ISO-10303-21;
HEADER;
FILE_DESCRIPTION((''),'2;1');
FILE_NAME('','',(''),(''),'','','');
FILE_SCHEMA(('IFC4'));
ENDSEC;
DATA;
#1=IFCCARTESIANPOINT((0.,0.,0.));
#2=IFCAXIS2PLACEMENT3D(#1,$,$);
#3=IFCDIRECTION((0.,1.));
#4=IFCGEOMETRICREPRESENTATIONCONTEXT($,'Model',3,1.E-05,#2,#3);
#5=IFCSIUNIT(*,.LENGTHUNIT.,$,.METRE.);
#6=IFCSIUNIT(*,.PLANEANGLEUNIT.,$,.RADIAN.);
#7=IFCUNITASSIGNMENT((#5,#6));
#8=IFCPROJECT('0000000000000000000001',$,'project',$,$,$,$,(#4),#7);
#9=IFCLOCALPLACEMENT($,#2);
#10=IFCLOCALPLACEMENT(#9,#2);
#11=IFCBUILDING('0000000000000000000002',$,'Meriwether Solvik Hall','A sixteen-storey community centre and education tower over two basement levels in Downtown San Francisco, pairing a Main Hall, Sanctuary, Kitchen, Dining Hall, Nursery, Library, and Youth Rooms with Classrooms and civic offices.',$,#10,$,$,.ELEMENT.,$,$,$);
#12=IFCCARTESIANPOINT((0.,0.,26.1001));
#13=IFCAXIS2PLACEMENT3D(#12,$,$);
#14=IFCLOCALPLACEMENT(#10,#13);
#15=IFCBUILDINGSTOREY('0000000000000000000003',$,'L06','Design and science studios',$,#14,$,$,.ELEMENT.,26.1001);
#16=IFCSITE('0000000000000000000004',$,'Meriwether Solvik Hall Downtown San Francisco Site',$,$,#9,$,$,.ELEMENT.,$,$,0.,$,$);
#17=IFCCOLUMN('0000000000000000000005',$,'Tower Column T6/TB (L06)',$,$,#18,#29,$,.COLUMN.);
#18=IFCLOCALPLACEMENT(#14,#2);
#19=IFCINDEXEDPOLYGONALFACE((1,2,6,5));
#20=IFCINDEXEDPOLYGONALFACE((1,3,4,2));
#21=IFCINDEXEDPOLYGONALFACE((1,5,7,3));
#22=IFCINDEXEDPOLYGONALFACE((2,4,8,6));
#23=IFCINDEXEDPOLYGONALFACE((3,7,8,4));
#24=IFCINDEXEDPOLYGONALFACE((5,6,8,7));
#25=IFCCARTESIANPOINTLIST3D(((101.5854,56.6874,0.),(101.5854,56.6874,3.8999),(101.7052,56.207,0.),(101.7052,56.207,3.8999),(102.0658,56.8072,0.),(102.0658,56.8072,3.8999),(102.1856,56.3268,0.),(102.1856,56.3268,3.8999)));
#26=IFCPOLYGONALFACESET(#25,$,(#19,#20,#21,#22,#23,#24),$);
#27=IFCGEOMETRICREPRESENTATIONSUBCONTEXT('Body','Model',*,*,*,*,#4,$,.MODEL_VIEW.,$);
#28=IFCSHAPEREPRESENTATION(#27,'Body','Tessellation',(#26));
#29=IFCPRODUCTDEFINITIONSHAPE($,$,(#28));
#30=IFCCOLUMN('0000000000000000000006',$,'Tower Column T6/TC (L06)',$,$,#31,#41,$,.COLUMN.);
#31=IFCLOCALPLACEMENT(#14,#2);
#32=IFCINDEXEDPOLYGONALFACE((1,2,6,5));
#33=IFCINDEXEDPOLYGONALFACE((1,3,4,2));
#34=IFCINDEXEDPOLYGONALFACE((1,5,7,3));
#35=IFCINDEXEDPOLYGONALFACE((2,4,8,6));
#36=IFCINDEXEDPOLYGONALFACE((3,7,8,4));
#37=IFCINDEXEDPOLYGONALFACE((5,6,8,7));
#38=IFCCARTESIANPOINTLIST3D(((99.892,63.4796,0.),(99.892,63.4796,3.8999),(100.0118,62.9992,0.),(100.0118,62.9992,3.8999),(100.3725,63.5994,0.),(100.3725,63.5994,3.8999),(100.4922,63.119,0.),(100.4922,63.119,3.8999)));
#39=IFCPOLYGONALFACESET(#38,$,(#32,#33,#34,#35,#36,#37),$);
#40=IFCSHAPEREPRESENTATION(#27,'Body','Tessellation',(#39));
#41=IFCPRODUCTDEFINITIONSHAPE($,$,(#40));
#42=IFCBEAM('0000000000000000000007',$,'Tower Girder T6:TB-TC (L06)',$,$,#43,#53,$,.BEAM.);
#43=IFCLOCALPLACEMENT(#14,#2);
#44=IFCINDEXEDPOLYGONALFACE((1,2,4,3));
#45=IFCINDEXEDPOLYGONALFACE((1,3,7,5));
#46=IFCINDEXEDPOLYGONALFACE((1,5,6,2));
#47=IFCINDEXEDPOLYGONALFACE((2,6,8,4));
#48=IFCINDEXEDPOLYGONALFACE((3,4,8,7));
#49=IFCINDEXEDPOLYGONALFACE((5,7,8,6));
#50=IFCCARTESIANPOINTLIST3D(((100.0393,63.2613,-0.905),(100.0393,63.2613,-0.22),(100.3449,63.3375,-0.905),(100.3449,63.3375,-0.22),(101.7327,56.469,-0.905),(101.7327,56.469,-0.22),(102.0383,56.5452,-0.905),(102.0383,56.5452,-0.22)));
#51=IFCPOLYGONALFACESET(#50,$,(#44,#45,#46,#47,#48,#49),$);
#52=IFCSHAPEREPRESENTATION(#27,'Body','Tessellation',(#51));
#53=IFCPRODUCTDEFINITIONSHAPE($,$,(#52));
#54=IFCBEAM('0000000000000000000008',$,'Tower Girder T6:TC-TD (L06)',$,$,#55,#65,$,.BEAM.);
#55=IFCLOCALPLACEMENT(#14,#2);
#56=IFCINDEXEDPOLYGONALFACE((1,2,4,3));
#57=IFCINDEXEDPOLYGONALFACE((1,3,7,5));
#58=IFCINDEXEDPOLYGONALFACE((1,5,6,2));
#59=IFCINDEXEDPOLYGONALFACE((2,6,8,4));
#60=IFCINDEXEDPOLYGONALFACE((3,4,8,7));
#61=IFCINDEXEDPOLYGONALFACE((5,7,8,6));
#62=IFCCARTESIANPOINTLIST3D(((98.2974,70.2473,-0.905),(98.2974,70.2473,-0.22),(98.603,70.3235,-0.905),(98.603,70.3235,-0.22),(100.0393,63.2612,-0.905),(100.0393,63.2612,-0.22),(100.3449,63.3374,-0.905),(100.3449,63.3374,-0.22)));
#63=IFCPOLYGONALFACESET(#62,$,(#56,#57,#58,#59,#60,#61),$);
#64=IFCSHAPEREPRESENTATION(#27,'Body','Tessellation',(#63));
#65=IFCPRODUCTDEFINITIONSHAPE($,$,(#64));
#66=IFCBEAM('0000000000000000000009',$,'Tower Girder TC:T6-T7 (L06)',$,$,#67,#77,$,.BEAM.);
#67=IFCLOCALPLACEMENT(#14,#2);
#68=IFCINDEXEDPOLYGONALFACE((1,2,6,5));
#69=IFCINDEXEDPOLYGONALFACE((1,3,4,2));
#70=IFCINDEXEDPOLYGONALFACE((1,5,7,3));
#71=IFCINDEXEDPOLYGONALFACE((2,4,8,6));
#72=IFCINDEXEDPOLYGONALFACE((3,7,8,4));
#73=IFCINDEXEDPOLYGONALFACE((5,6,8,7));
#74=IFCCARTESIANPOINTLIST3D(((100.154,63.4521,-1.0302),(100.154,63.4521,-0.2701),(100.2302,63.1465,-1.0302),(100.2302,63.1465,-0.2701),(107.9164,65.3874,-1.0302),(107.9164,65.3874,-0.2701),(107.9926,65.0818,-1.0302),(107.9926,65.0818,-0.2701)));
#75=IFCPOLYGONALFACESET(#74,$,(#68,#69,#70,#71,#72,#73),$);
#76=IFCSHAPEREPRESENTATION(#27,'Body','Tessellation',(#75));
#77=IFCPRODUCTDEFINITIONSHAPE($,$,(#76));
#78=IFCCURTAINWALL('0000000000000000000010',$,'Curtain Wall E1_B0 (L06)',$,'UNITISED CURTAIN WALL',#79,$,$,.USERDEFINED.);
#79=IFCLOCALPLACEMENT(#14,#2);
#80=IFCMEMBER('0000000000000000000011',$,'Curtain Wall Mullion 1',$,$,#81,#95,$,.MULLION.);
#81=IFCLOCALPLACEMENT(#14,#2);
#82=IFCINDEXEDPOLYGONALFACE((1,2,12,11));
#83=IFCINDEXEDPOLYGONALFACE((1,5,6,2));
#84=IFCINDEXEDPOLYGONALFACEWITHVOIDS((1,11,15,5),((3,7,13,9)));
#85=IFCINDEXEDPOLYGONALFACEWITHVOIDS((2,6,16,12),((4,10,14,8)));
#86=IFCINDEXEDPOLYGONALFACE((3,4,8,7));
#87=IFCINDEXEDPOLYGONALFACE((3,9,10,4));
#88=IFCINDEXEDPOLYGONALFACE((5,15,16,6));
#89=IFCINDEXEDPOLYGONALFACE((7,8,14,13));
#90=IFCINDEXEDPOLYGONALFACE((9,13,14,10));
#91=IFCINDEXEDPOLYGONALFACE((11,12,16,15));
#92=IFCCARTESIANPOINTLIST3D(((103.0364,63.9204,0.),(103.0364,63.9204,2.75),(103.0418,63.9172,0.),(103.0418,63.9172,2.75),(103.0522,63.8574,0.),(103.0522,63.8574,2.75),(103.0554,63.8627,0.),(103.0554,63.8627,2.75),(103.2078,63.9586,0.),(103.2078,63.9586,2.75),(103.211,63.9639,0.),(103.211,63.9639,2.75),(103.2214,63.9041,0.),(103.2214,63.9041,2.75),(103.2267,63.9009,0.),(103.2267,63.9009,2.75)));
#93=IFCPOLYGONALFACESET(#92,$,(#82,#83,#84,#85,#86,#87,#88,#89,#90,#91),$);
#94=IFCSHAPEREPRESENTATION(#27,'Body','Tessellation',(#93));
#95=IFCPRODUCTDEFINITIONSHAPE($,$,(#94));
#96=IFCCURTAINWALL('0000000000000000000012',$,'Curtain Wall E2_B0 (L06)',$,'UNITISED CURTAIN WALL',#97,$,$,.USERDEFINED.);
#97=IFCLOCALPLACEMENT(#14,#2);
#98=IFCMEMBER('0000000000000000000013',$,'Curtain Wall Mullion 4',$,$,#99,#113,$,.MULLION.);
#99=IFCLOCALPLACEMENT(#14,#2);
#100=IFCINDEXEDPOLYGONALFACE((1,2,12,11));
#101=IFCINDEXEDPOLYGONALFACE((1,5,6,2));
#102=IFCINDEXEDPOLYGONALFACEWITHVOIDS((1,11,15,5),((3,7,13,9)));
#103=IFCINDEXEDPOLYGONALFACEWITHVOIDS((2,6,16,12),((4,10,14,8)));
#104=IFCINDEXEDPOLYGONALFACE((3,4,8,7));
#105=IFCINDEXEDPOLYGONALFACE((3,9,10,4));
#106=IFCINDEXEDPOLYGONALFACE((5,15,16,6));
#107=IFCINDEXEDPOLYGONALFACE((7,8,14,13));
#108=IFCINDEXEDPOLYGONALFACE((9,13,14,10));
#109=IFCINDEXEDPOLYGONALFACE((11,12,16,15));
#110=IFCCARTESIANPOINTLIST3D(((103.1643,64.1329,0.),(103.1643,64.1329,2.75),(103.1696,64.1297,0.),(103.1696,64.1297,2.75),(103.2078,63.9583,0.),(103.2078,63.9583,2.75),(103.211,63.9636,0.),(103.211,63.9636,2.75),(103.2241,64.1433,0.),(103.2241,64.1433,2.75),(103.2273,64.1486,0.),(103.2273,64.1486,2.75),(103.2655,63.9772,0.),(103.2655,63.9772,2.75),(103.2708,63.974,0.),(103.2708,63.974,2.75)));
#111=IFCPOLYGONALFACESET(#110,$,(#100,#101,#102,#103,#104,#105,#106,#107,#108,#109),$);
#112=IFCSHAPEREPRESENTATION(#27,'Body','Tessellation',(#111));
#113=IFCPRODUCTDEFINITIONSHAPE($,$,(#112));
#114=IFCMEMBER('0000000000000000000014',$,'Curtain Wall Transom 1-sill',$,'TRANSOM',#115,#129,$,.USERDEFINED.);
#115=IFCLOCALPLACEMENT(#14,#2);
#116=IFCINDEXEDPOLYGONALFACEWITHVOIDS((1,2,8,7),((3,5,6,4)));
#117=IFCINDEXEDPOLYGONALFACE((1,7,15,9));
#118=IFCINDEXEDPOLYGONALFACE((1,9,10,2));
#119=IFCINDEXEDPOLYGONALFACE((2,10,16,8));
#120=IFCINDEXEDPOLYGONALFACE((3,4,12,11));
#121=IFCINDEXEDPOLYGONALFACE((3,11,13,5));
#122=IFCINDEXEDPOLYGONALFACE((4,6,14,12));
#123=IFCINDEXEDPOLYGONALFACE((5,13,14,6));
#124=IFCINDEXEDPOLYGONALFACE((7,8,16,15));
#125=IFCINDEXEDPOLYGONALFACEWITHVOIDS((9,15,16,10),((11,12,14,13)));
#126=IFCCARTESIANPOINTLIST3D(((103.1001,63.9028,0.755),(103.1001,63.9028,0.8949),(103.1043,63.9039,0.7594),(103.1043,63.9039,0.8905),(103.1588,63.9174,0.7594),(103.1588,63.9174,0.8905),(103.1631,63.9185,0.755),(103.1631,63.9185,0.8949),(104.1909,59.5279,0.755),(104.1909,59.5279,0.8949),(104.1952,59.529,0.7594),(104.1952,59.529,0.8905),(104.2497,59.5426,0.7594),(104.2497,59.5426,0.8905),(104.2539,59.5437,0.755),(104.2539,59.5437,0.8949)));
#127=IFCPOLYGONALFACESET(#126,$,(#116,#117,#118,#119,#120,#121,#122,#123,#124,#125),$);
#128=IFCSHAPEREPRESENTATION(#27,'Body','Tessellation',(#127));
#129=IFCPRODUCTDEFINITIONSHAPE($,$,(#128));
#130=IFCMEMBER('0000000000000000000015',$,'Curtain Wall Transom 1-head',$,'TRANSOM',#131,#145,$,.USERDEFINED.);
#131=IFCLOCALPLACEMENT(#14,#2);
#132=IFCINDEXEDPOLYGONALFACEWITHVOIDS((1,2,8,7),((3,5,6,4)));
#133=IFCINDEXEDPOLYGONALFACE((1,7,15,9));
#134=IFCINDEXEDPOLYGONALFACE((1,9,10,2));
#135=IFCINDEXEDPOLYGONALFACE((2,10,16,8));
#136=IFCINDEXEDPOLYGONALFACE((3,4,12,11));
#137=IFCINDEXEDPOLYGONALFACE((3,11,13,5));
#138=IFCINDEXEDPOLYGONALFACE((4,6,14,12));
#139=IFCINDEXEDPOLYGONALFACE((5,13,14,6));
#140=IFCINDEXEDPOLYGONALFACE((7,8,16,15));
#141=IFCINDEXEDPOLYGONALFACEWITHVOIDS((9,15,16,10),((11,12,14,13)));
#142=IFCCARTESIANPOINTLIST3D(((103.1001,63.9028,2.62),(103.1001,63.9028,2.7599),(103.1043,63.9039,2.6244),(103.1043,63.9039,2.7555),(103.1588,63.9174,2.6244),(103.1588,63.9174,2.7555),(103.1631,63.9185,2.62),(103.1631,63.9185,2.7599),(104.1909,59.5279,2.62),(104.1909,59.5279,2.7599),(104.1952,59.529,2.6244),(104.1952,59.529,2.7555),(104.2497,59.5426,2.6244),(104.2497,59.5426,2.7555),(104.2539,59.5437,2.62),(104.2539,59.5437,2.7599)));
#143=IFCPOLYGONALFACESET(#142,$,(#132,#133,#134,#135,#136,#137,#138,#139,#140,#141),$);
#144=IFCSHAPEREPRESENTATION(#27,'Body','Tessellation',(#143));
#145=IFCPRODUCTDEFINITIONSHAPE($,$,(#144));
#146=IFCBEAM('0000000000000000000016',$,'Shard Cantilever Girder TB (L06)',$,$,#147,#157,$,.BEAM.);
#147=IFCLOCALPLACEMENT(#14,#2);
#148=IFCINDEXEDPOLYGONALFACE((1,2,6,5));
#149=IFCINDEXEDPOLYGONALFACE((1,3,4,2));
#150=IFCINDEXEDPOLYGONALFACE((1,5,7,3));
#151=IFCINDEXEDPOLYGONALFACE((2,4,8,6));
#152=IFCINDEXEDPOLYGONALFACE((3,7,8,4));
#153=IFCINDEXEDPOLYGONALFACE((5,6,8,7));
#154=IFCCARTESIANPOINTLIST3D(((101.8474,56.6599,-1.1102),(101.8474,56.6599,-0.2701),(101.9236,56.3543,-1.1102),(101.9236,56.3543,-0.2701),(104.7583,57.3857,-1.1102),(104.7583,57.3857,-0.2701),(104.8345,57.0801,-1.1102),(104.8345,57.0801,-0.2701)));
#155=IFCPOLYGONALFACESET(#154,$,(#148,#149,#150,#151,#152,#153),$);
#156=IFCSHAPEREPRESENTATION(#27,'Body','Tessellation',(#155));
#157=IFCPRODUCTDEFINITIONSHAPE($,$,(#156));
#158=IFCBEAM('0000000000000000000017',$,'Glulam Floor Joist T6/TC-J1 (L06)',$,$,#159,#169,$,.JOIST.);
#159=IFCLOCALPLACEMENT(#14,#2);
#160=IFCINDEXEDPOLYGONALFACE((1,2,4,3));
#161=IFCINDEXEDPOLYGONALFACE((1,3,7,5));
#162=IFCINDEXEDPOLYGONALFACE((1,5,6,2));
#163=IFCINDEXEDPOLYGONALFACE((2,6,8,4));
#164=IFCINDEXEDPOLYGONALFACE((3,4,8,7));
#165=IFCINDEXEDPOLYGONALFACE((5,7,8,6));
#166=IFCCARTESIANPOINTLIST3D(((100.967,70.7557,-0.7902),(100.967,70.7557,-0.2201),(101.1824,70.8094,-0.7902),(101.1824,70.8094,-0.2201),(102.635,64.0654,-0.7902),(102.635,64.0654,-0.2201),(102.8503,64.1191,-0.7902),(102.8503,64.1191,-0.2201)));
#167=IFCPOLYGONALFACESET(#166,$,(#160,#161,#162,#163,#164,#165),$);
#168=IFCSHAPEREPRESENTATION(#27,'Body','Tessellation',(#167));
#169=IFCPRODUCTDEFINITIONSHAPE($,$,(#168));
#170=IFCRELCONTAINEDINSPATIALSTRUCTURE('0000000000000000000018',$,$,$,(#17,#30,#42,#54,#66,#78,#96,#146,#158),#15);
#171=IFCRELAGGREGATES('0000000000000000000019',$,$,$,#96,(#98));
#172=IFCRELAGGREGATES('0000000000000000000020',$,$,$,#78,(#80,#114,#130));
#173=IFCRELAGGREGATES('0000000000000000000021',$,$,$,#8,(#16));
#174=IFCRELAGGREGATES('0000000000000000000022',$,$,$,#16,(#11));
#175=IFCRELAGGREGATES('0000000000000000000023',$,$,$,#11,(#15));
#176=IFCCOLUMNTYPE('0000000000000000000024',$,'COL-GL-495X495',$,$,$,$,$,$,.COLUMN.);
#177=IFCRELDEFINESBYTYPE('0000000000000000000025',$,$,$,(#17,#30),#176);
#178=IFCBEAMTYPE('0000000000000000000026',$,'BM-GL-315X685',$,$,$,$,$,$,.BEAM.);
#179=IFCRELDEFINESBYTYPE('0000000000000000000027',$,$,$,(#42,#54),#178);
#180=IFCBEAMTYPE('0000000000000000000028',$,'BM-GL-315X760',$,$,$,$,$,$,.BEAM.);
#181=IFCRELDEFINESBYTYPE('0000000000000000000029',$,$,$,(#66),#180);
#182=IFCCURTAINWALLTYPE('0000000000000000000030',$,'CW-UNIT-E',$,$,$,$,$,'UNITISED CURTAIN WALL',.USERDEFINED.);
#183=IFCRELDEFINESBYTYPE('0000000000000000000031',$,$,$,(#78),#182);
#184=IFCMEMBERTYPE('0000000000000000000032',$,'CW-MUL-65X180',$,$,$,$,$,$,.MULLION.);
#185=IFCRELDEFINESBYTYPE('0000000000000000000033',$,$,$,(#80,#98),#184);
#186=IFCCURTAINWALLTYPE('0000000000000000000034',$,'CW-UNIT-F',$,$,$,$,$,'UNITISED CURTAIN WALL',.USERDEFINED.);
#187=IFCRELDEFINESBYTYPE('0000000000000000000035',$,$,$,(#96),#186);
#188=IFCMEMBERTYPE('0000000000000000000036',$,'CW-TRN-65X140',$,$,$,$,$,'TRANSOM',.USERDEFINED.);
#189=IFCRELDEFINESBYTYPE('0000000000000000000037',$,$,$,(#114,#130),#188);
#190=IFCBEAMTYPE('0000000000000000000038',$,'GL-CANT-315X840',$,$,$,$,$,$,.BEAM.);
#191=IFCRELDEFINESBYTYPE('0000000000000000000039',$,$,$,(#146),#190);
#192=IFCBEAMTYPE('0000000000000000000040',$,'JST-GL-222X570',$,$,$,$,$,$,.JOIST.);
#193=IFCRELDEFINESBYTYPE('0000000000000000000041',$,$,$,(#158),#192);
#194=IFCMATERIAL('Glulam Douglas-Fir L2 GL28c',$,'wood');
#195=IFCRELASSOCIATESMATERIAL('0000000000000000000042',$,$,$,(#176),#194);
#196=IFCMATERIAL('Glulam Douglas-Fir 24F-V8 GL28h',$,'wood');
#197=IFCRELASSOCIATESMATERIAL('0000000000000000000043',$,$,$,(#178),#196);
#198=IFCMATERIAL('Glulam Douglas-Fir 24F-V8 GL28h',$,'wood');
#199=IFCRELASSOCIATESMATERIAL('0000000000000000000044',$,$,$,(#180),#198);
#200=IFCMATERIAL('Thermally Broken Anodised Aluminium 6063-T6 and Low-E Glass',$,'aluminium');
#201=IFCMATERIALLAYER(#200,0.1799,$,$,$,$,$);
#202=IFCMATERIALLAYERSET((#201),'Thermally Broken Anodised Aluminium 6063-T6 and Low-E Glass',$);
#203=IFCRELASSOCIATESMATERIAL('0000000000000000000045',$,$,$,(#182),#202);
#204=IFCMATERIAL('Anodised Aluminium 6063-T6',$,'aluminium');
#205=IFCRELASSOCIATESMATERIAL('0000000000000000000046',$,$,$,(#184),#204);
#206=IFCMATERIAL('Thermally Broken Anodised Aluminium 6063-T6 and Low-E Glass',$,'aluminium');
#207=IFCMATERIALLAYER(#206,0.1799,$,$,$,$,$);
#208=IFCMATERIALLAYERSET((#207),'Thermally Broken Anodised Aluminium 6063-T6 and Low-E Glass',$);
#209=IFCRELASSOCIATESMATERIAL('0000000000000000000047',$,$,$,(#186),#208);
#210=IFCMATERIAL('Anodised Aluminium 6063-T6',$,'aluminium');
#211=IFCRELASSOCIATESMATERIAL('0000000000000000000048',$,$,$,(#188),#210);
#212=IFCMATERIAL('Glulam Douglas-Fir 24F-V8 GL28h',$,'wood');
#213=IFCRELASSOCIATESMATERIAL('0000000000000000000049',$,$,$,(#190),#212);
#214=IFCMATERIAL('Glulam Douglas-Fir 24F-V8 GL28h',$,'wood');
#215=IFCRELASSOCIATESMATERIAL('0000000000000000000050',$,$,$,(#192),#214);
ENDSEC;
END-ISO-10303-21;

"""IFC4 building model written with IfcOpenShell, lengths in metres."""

from ifc_helpers import new_model, si_unit, direction, frame, origin, origin_2d, place, context, subcontext, project, spatial, rectangle, hollow_rectangle, extrude, material, layer, layer_set, material_profile, profile_set, type_object, element, aggregate, save


model = new_model("IFC4")

# Units and contexts
model_context = context("Model", 3, precision=1e-05, world=origin(), true_north=direction((0.0, 1.0)))
body_context = subcontext(model_context, "Body", "Model", "MODEL_VIEW")
ifc_project = project(units=[si_unit("LENGTHUNIT", "METRE"), si_unit("PLANEANGLEUNIT", "RADIAN")], contexts=[model_context])

# Site, building, storey
site_placement = place(None, origin())
site = spatial("IfcSite", under=ifc_project, at=site_placement, Name="Meriwether Solvik Hall Downtown San Francisco Site", CompositionType="ELEMENT", RefElevation=0.0)
building_placement = place(site_placement, origin())
building = spatial("IfcBuilding", under=site, at=building_placement, Name="Meriwether Solvik Hall", Description="A sixteen-storey community centre and education tower over two basement levels in Downtown San Francisco, pairing a Main Hall, Sanctuary, Kitchen, Dining Hall, Nursery, Library, and Youth Rooms with Classrooms and civic offices.", CompositionType="ELEMENT")
storey_placement = place(building_placement, frame((0.0, 0.0, 26.1001)))
storey = spatial("IfcBuildingStorey", under=building, at=storey_placement, Name="L06", Description="Design and science studios", CompositionType="ELEMENT", Elevation=26.1001)

# Columns
ifc_material_1 = material(Name="Glulam Douglas-Fir L2 GL28c", Category="wood")
ifc_material_profile_1 = material_profile(ifc_material_1, rectangle(XDim=0.4951, YDim=0.4951, at=origin_2d()), Name="GLC-495X495")
ifc_profile_set_1 = profile_set([ifc_material_profile_1], Name="Glulam Douglas-Fir L2 GL28c")
column_type = type_object("IfcColumnType", Name="COL-GL-495X495", PredefinedType="COLUMN", material=ifc_profile_set_1)
for number, where, z_axis, x_axis, name in (
    (1, (101.8855, 56.5071, 0.0), (0.0, 0.0, 1.0), (0.970296, 0.241922, 0.0), "Tower Column T6/TB (L06)"),
    (2, (100.1921, 63.2993, 0.0), (0.0, 0.0, 1.0), (0.970296, 0.241922, 0.0), "Tower Column T6/TC (L06)"),
):
    element("IfcColumn", number, at=place(storey_placement, frame(where, z_axis=z_axis, x_axis=x_axis)), inside=storey, type_object=column_type, Name=name, PredefinedType="COLUMN", context=body_context, shape_type="SweptSolid", body=[
        extrude(rectangle(XDim=0.4951, YDim=0.4951, at=origin_2d()), origin(), (0.0, 0.0, 1.0), 3.8999),
    ])

# Beams
ifc_material_2 = material(Name="Glulam Douglas-Fir 24F-V8 GL28h", Category="wood")
ifc_material_profile_2 = material_profile(ifc_material_2, rectangle(XDim=0.3149, YDim=0.6851, at=origin_2d()), Name="GLB-315X685")
ifc_profile_set_2 = profile_set([ifc_material_profile_2], Name="Glulam Douglas-Fir 24F-V8 GL28h")
beam_type_1 = type_object("IfcBeamType", Name="BM-GL-315X685", PredefinedType="BEAM", material=ifc_profile_set_2)
beam_1_placement = place(storey_placement, frame((101.8855, 56.5071, -0.5625), z_axis=(-0.241904, 0.9703, 0.0), x_axis=(-0.9703, -0.241904, 0.0)))
element("IfcBeam", 3, at=beam_1_placement, inside=storey, type_object=beam_type_1, Name="Tower Girder T6:TB-TC (L06)", PredefinedType="BEAM", context=body_context, shape_type="SweptSolid", body=[
    extrude(rectangle(XDim=0.3149, YDim=0.6851, at=origin_2d()), origin(), (0.0, 0.0, 1.0), 7.0002),
])
beam_2_placement = place(storey_placement, frame((100.1921, 63.2993, -0.5625), z_axis=(-0.241937, 0.970292, 0.0), x_axis=(-0.970292, -0.241937, 0.0)))
element("IfcBeam", 4, at=beam_2_placement, inside=storey, type_object=beam_type_1, Name="Tower Girder T6:TC-TD (L06)", PredefinedType="BEAM", context=body_context, shape_type="SweptSolid", body=[
    extrude(rectangle(XDim=0.3149, YDim=0.6851, at=origin_2d()), origin(), (0.0, 0.0, 1.0), 7.2),
])
ifc_material_3 = material(Name="Glulam Douglas-Fir 24F-V8 GL28h", Category="wood")
ifc_material_profile_3 = material_profile(ifc_material_3, rectangle(XDim=0.3149, YDim=0.76, at=origin_2d()), Name="GLB-315X760")
ifc_profile_set_3 = profile_set([ifc_material_profile_3], Name="Glulam Douglas-Fir 24F-V8 GL28h")
beam_type_2 = type_object("IfcBeamType", Name="BM-GL-315X760", PredefinedType="BEAM", material=ifc_profile_set_3)
beam_3_placement = place(storey_placement, frame((100.1921, 63.2993, -0.6501), z_axis=(0.970298, 0.241911, 0.0), x_axis=(-0.241911, 0.970298, 0.0)))
element("IfcBeam", 5, at=beam_3_placement, inside=storey, type_object=beam_type_2, Name="Tower Girder TC:T6-T7 (L06)", PredefinedType="BEAM", context=body_context, shape_type="SweptSolid", body=[
    extrude(rectangle(XDim=0.3149, YDim=0.76, at=origin_2d()), origin(), (0.0, 0.0, 1.0), 8.0),
])

# Curtain walls, members
ifc_material_4 = material(Name="Thermally Broken Anodised Aluminium 6063-T6 and Low-E Glass", Category="aluminium")
ifc_layer_1 = layer(ifc_material_4, 0.1799)
ifc_layer_set_1 = layer_set([ifc_layer_1], Name="Thermally Broken Anodised Aluminium 6063-T6 and Low-E Glass")
curtain_wall_type_1 = type_object("IfcCurtainWallType", Name="CW-UNIT-E", ElementType="UNITISED CURTAIN WALL", PredefinedType="USERDEFINED", material=ifc_layer_set_1)
curtain_wall_1_placement = place(storey_placement, origin())
curtain_wall_1 = element("IfcCurtainWall", 6, at=curtain_wall_1_placement, inside=storey, type_object=curtain_wall_type_1, Name="Curtain Wall E1_B0 (L06)", ObjectType="UNITISED CURTAIN WALL", PredefinedType="USERDEFINED")
ifc_material_5 = material(Name="Anodised Aluminium 6063-T6", Category="aluminium")
ifc_material_profile_4 = material_profile(ifc_material_5, hollow_rectangle(XDim=0.0649, YDim=0.1799, WallThickness=0.0044, at=origin_2d()), Name="CWM-65X180")
ifc_profile_set_4 = profile_set([ifc_material_profile_4], Name="Anodised Aluminium 6063-T6")
member_type_1 = type_object("IfcMemberType", Name="CW-MUL-65X180", PredefinedType="MULLION", material=ifc_profile_set_4)
member_1_placement = place(storey_placement, frame((103.1316, 63.9106, 0.0), z_axis=(0.0, 0.0, 1.0), x_axis=(0.241922, -0.970296, 0.0)))
member_1 = element("IfcMember", 7, at=member_1_placement, type_object=member_type_1, Name="Curtain Wall Mullion 1", PredefinedType="MULLION", context=body_context, shape_type="SweptSolid", body=[
    extrude(hollow_rectangle(XDim=0.0649, YDim=0.1799, WallThickness=0.0044, at=origin_2d()), origin(), (0.0, 0.0, 1.0), 2.75),
])
ifc_material_6 = material(Name="Thermally Broken Anodised Aluminium 6063-T6 and Low-E Glass", Category="aluminium")
ifc_layer_2 = layer(ifc_material_6, 0.1799)
ifc_layer_set_2 = layer_set([ifc_layer_2], Name="Thermally Broken Anodised Aluminium 6063-T6 and Low-E Glass")
curtain_wall_type_2 = type_object("IfcCurtainWallType", Name="CW-UNIT-F", ElementType="UNITISED CURTAIN WALL", PredefinedType="USERDEFINED", material=ifc_layer_set_2)
curtain_wall_2_placement = place(storey_placement, origin())
curtain_wall_2 = element("IfcCurtainWall", 8, at=curtain_wall_2_placement, inside=storey, type_object=curtain_wall_type_2, Name="Curtain Wall E2_B0 (L06)", ObjectType="UNITISED CURTAIN WALL", PredefinedType="USERDEFINED")
member_2_placement = place(storey_placement, frame((103.2175, 64.0535, 0.0), z_axis=(0.0, 0.0, 1.0), x_axis=(-0.970296, -0.241922, 0.0)))
member_2 = element("IfcMember", 9, at=member_2_placement, type_object=member_type_1, Name="Curtain Wall Mullion 4", PredefinedType="MULLION", context=body_context, shape_type="SweptSolid", body=[
    extrude(hollow_rectangle(XDim=0.0649, YDim=0.1799, WallThickness=0.0044, at=origin_2d()), origin(), (0.0, 0.0, 1.0), 2.75),
])
aggregate(curtain_wall_2, [member_2])

# Members
ifc_material_7 = material(Name="Anodised Aluminium 6063-T6", Category="aluminium")
ifc_material_profile_5 = material_profile(ifc_material_7, hollow_rectangle(XDim=0.0649, YDim=0.1399, WallThickness=0.0044, at=origin_2d()), Name="CWT-65X140")
ifc_profile_set_5 = profile_set([ifc_material_profile_5], Name="Anodised Aluminium 6063-T6")
member_type_2 = type_object("IfcMemberType", Name="CW-TRN-65X140", ElementType="TRANSOM", PredefinedType="USERDEFINED", material=ifc_profile_set_5)
member_3_placement = place(storey_placement, frame((103.1316, 63.9106, 0.825), z_axis=(0.241937, -0.970292, 0.0), x_axis=(0.970292, 0.241937, 0.0)))
member_3 = element("IfcMember", 10, at=member_3_placement, type_object=member_type_2, Name="Curtain Wall Transom 1-sill", ObjectType="TRANSOM", PredefinedType="USERDEFINED", context=body_context, shape_type="SweptSolid", body=[
    extrude(hollow_rectangle(XDim=0.0649, YDim=0.1399, WallThickness=0.0044, at=origin_2d()), origin(), (0.0, 0.0, 1.0), 4.5088),
])
member_4_placement = place(storey_placement, frame((103.1316, 63.9106, 2.6899), z_axis=(0.241937, -0.970292, 0.0), x_axis=(0.970292, 0.241937, 0.0)))
member_4 = element("IfcMember", 11, at=member_4_placement, type_object=member_type_2, Name="Curtain Wall Transom 1-head", ObjectType="TRANSOM", PredefinedType="USERDEFINED", context=body_context, shape_type="SweptSolid", body=[
    extrude(hollow_rectangle(XDim=0.0649, YDim=0.1399, WallThickness=0.0044, at=origin_2d()), origin(), (0.0, 0.0, 1.0), 4.5088),
])

# Beams
ifc_material_8 = material(Name="Glulam Douglas-Fir 24F-V8 GL28h", Category="wood")
ifc_material_profile_6 = material_profile(ifc_material_8, rectangle(XDim=0.3149, YDim=0.8401, at=origin_2d()), Name="GLB-315X840")
ifc_profile_set_6 = profile_set([ifc_material_profile_6], Name="Glulam Douglas-Fir 24F-V8 GL28h")
beam_type_3 = type_object("IfcBeamType", Name="GL-CANT-315X840", PredefinedType="BEAM", material=ifc_profile_set_6)
beam_4_placement = place(storey_placement, frame((101.8855, 56.5071, -0.6902), z_axis=(0.970291, 0.241942, 0.0), x_axis=(-0.241942, 0.970291, 0.0)))
element("IfcBeam", 12, at=beam_4_placement, inside=storey, type_object=beam_type_3, Name="Shard Cantilever Girder TB (L06)", PredefinedType="BEAM", context=body_context, shape_type="SweptSolid", body=[
    extrude(rectangle(XDim=0.3149, YDim=0.8401, at=origin_2d()), origin(), (0.0, 0.0, 1.0), 3.0),
])
ifc_material_9 = material(Name="Glulam Douglas-Fir 24F-V8 GL28h", Category="wood")
ifc_material_profile_7 = material_profile(ifc_material_9, rectangle(XDim=0.2219, YDim=0.5701, at=origin_2d()), Name="GLJ-222X570")
ifc_profile_set_7 = profile_set([ifc_material_profile_7], Name="Glulam Douglas-Fir 24F-V8 GL28h")
beam_type_4 = type_object("IfcBeamType", Name="JST-GL-222X570", PredefinedType="JOIST", material=ifc_profile_set_7)
beam_5_placement = place(storey_placement, frame((102.7427, 64.0923, -0.5051), z_axis=(-0.241911, 0.970299, 0.0), x_axis=(-0.970299, -0.241911, 0.0)))
element("IfcBeam", 13, at=beam_5_placement, inside=storey, type_object=beam_type_4, Name="Glulam Floor Joist T6/TC-J1 (L06)", PredefinedType="JOIST", context=body_context, shape_type="SweptSolid", body=[
    extrude(rectangle(XDim=0.2219, YDim=0.5701, at=origin_2d()), origin(), (0.0, 0.0, 1.0), 6.895),
])

aggregate(curtain_wall_1, [member_1, member_3, member_4])

save(model, "model.ifc")
